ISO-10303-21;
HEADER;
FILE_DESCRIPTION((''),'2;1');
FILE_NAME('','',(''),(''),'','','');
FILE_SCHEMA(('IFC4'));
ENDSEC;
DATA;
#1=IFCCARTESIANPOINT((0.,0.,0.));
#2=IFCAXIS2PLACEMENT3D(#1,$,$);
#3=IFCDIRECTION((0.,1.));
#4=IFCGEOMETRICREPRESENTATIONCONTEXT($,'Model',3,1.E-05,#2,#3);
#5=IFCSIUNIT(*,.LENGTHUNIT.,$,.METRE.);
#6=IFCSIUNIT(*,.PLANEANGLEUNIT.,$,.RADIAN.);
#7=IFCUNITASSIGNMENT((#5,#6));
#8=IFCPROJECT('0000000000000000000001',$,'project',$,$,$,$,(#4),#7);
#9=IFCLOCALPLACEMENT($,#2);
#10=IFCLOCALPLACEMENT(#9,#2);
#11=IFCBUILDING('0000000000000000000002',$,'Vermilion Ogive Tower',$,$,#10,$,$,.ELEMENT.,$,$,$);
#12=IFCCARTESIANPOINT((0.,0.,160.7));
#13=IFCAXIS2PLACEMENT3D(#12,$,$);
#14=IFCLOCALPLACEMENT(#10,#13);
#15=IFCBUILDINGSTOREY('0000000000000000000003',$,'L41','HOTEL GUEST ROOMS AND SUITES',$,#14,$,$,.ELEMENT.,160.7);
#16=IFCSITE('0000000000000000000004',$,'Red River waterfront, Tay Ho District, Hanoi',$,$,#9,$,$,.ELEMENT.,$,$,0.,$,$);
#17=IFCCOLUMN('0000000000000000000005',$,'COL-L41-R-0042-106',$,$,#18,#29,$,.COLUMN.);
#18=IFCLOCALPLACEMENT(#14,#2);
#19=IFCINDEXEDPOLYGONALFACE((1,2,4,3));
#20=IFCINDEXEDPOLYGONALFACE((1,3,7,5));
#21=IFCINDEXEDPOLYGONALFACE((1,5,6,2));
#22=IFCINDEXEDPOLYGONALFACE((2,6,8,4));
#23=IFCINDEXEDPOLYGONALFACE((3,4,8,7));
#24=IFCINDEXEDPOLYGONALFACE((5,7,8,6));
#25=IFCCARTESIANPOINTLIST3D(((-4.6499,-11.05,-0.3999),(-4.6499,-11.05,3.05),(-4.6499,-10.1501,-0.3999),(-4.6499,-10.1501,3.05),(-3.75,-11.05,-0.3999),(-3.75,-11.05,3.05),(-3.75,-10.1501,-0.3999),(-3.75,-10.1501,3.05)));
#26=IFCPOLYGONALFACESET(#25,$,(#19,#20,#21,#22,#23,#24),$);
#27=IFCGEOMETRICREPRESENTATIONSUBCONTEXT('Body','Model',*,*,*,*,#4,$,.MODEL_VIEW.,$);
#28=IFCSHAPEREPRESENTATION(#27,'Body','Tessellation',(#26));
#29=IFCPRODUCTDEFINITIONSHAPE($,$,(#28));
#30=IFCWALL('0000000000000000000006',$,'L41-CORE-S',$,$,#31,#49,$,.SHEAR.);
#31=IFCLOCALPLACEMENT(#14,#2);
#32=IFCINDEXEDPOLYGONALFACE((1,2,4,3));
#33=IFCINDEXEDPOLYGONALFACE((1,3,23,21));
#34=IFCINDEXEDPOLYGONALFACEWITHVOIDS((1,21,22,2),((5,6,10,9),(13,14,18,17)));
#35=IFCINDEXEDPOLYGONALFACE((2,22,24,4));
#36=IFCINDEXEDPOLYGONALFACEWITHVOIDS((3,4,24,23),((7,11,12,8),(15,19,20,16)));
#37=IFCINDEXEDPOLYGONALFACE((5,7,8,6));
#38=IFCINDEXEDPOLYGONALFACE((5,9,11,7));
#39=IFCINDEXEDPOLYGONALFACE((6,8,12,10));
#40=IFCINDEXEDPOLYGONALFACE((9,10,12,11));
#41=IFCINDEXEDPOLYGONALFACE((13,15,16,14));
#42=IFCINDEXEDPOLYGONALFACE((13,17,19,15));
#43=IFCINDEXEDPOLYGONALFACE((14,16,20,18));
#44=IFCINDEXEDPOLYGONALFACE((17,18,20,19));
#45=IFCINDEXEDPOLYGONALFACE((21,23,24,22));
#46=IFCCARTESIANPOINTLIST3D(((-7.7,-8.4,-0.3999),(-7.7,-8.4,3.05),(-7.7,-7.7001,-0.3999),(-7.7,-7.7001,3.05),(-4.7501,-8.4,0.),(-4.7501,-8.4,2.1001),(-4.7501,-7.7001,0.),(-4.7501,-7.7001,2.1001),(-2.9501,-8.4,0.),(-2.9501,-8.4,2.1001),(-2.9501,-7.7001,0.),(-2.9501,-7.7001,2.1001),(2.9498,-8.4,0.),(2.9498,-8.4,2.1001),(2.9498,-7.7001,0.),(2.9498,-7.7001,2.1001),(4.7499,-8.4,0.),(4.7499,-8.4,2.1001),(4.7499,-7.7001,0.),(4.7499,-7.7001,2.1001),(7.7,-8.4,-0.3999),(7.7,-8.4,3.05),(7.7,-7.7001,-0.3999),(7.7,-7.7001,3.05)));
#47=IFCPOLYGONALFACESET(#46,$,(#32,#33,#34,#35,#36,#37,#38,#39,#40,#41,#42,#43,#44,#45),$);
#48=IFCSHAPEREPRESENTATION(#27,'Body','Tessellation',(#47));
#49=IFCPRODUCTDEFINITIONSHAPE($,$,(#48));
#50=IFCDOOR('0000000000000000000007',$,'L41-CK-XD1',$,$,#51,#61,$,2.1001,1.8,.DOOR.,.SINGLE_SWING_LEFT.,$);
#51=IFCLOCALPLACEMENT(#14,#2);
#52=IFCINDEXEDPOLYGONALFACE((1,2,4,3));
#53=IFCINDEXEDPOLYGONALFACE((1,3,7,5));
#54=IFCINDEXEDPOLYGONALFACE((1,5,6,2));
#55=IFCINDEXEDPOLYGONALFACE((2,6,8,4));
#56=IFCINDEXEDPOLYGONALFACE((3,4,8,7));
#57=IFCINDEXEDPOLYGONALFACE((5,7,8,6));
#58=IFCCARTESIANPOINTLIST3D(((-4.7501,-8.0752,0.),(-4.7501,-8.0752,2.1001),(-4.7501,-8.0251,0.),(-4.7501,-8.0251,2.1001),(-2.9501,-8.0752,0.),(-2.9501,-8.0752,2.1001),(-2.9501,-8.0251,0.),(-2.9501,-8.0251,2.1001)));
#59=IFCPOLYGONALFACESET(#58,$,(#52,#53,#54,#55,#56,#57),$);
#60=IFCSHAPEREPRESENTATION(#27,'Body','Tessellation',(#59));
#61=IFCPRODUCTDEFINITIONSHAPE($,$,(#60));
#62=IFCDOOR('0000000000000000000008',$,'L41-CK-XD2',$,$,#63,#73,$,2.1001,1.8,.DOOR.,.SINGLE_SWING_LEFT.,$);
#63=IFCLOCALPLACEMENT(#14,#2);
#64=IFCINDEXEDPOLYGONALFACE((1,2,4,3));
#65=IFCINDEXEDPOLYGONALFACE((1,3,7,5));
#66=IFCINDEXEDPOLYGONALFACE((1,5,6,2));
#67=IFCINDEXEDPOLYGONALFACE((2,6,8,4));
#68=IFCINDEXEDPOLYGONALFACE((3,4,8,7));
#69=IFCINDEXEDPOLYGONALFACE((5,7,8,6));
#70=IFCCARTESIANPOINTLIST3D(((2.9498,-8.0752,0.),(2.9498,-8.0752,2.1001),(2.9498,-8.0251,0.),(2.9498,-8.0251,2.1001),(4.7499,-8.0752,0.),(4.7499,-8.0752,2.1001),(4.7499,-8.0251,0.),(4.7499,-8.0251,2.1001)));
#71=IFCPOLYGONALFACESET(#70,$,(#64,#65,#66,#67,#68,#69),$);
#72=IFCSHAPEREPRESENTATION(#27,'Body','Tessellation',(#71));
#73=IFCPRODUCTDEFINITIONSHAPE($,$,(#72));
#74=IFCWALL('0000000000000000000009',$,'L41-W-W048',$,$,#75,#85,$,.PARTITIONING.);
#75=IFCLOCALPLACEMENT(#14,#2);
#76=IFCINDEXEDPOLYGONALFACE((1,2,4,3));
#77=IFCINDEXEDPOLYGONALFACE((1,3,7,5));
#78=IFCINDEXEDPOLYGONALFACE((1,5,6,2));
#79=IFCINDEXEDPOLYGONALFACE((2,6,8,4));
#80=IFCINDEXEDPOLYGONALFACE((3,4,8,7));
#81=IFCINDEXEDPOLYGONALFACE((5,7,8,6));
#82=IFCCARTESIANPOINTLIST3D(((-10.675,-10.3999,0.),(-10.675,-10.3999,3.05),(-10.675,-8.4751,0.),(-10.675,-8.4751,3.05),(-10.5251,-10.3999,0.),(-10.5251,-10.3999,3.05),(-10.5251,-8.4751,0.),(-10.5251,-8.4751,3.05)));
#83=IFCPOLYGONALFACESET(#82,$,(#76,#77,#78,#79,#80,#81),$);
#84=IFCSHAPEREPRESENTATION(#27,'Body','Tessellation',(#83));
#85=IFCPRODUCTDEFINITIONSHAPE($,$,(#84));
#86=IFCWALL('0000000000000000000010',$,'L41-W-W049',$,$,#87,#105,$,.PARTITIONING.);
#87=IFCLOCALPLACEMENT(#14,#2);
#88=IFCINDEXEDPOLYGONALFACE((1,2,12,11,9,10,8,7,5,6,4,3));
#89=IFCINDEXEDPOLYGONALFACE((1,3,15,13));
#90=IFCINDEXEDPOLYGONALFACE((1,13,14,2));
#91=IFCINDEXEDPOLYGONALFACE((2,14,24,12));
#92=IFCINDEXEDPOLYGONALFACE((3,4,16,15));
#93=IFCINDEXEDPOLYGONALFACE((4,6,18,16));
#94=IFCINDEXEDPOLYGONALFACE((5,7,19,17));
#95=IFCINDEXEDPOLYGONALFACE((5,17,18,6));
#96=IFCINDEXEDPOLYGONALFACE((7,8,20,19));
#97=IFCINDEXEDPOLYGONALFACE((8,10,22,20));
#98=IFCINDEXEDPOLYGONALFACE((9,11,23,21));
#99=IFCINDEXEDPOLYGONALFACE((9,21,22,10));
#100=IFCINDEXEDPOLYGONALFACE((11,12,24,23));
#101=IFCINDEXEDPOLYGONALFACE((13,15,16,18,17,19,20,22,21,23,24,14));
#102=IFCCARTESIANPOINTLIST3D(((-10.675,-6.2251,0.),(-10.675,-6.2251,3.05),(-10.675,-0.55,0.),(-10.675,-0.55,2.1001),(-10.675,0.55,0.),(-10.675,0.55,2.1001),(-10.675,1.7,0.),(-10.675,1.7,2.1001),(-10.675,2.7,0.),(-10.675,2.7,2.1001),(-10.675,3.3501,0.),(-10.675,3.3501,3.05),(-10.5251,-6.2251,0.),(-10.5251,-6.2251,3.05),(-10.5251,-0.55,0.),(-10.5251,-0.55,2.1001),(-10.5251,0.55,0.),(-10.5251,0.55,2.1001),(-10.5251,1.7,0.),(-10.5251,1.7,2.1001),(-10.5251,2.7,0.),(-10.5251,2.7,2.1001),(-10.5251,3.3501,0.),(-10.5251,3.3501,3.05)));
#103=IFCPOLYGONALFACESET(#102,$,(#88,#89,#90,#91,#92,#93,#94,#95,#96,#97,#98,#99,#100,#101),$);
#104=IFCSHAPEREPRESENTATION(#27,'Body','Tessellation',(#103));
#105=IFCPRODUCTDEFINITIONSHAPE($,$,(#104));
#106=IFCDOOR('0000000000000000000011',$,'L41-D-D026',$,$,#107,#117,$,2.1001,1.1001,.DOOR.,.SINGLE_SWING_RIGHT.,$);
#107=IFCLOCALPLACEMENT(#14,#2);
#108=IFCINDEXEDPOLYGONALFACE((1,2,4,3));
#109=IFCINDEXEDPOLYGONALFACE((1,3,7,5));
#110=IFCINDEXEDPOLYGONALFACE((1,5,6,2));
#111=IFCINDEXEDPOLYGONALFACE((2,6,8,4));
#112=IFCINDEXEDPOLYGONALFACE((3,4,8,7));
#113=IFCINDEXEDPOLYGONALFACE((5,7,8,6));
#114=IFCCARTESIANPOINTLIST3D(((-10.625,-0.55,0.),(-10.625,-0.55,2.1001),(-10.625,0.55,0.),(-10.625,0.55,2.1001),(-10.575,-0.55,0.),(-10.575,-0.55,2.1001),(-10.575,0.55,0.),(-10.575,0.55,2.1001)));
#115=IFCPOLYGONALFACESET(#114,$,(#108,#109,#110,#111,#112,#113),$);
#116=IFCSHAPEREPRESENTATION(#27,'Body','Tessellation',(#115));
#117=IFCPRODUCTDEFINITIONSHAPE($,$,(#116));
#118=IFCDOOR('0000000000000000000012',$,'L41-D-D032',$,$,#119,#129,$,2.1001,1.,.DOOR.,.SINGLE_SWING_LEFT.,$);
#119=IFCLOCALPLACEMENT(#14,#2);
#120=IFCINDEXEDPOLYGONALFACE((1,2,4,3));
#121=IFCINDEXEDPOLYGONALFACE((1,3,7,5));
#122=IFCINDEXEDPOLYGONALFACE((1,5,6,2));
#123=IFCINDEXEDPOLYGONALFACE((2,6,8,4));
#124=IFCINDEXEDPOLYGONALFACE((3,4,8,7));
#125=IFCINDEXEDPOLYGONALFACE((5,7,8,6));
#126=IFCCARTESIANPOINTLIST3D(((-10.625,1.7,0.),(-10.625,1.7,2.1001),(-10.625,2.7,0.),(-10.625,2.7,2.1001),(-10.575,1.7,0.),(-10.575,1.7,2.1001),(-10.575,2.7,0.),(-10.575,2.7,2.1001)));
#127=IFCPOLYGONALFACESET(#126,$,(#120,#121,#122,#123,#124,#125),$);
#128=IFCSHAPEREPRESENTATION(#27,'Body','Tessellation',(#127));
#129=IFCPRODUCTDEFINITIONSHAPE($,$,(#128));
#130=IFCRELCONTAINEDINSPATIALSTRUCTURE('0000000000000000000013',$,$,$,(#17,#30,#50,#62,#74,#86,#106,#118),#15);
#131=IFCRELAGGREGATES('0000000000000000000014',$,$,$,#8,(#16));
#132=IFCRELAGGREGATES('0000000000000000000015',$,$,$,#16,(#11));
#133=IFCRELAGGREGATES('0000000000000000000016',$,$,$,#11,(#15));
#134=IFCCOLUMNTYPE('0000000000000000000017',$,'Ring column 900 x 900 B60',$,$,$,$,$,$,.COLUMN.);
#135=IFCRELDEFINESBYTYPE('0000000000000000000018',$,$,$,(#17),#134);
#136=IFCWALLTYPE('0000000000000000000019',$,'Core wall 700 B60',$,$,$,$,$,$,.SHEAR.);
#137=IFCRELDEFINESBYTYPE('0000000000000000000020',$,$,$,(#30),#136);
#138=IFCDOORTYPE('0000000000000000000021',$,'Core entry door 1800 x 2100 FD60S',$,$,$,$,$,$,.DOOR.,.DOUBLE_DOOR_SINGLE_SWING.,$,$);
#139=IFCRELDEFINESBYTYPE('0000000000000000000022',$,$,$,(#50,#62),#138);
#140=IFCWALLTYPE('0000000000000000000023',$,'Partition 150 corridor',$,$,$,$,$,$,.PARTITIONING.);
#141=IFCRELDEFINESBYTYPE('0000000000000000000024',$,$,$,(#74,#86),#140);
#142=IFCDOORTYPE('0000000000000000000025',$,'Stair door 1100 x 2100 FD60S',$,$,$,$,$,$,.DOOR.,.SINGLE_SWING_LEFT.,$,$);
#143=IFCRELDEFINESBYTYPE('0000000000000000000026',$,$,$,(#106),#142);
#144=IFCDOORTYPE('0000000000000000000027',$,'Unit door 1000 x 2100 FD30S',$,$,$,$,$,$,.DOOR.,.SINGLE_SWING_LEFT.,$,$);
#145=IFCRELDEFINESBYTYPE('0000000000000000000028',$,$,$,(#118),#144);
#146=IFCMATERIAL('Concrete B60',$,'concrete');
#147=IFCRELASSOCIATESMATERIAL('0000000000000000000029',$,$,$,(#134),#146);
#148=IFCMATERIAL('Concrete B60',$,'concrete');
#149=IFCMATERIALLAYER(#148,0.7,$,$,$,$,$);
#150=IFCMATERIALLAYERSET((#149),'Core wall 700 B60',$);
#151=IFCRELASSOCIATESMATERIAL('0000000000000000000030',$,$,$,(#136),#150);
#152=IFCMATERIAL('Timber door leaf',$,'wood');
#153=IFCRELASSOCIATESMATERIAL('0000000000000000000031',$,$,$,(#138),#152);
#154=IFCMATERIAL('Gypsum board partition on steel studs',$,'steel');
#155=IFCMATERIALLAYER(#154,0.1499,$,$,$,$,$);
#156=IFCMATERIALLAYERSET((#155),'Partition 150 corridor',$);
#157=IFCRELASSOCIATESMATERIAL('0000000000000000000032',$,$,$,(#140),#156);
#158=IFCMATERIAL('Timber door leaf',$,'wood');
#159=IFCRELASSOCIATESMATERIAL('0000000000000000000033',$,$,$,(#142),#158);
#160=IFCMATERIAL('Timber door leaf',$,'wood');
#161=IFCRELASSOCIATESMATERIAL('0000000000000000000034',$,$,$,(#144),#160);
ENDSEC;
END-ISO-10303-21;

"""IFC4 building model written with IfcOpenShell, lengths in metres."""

from ifc_helpers import new_model, si_unit, direction, frame, frame_2d, origin, origin_2d, place, context, subcontext, project, spatial, rectangle, extrude, material, layer, layer_set, material_profile, profile_set, type_object, element, fill, save


model = new_model("IFC4")

# Units and contexts
model_context = context("Model", 3, precision=1e-05, world=origin(), true_north=direction((0.0, 1.0)))
body_context = subcontext(model_context, "Body", "Model", "MODEL_VIEW")
ifc_project = project(units=[si_unit("LENGTHUNIT", "METRE"), si_unit("PLANEANGLEUNIT", "RADIAN")], contexts=[model_context])

# Site, building, storey
site_placement = place(None, origin())
site = spatial("IfcSite", under=ifc_project, at=site_placement, Name="Red River waterfront, Tay Ho District, Hanoi", CompositionType="ELEMENT", RefElevation=0.0)
building_placement = place(site_placement, origin())
building = spatial("IfcBuilding", under=site, at=building_placement, Name="Vermilion Ogive Tower", CompositionType="ELEMENT")
storey_placement = place(building_placement, frame((0.0, 0.0, 160.7)))
storey = spatial("IfcBuildingStorey", under=building, at=storey_placement, Name="L41", Description="HOTEL GUEST ROOMS AND SUITES", CompositionType="ELEMENT", Elevation=160.7)

# Column
ifc_material_1 = material(Name="Concrete B60", Category="concrete")
ifc_material_profile = material_profile(ifc_material_1, rectangle(XDim=0.8999, YDim=0.8999, at=origin_2d()), Name="900 x 900")
ifc_profile_set = profile_set([ifc_material_profile], Name="Concrete B60")
column_type = type_object("IfcColumnType", Name="Ring column 900 x 900 B60", PredefinedType="COLUMN", material=ifc_profile_set)
column_placement = place(storey_placement, frame((-4.2, -10.6001, -0.3999), z_axis=(0.0, 0.0, 1.0), x_axis=(1.0, 0.0, 0.0)))
element("IfcColumn", 1, at=column_placement, inside=storey, type_object=column_type, Name="COL-L41-R-0042-106", PredefinedType="COLUMN", context=body_context, shape_type="SweptSolid", body=[
    extrude(rectangle(XDim=0.8999, YDim=0.8999, at=origin_2d()), origin(), (0.0, 0.0, 1.0), 3.45),
])

# Wall, openings, doors
ifc_material_2 = material(Name="Concrete B60", Category="concrete")
ifc_layer_1 = layer(ifc_material_2, 0.7)
ifc_layer_set_1 = layer_set([ifc_layer_1], Name="Core wall 700 B60")
wall_type_1 = type_object("IfcWallType", Name="Core wall 700 B60", PredefinedType="SHEAR", material=ifc_layer_set_1)
wall_1_placement = place(storey_placement, frame((-7.7, -8.05, -0.3999), z_axis=(0.0, 0.0, 1.0), x_axis=(1.0, 0.0, 0.0)))
wall_1 = element("IfcWall", 2, at=wall_1_placement, inside=storey, type_object=wall_type_1, Name="L41-CORE-S", PredefinedType="SHEAR", context=body_context, shape_type="SweptSolid", body=[
    extrude(rectangle(XDim=15.3999, YDim=0.7, at=frame_2d((7.7, 0.0))), origin(), (0.0, 0.0, 1.0), 3.45),
])
opening_1_placement = place(wall_1_placement, frame((2.95, 0.0, 0.3999)))
opening_1 = element("IfcOpeningElement", 3, at=opening_1_placement, cuts=wall_1, PredefinedType="OPENING", context=body_context, shape_type="SweptSolid", body=[
    extrude(rectangle(XDim=1.8, YDim=2.1001, at=frame_2d((0.8999, 1.05))), frame((0.0, 0.3599, 0.0), z_axis=(0.0, -1.0, 0.0), x_axis=(1.0, 0.0, 0.0)), (0.0, 0.0, 1.0), 0.72),
])
opening_2_placement = place(wall_1_placement, frame((10.6499, 0.0, 0.3999)))
opening_2 = element("IfcOpeningElement", 4, at=opening_2_placement, cuts=wall_1, PredefinedType="OPENING", context=body_context, shape_type="SweptSolid", body=[
    extrude(rectangle(XDim=1.8, YDim=2.1001, at=frame_2d((0.8999, 1.05))), frame((0.0, 0.3599, 0.0), z_axis=(0.0, -1.0, 0.0), x_axis=(1.0, 0.0, 0.0)), (0.0, 0.0, 1.0), 0.72),
])
ifc_material_3 = material(Name="Timber door leaf", Category="wood")
door_type_1 = type_object("IfcDoorType", Name="Core entry door 1800 x 2100 FD60S", OperationType="DOUBLE_DOOR_SINGLE_SWING", PredefinedType="DOOR", material=ifc_material_3)
door_1_placement = place(opening_1_placement, origin())
door_1 = element("IfcDoor", 5, at=door_1_placement, inside=storey, type_object=door_type_1, Name="L41-CK-XD1", OperationType="SINGLE_SWING_LEFT", OverallHeight=2.1001, OverallWidth=1.8, PredefinedType="DOOR", context=body_context, shape_type="SweptSolid", body=[
    extrude(rectangle(XDim=1.8, YDim=2.1001, at=frame_2d((0.8999, 1.05))), frame((0.0, 0.0249, 0.0), z_axis=(0.0, -1.0, 0.0), x_axis=(1.0, 0.0, 0.0)), (0.0, 0.0, 1.0), 0.05),
])
fill(opening_1, door_1)
door_2_placement = place(opening_2_placement, origin())
door_2 = element("IfcDoor", 6, at=door_2_placement, inside=storey, type_object=door_type_1, Name="L41-CK-XD2", OperationType="SINGLE_SWING_LEFT", OverallHeight=2.1001, OverallWidth=1.8, PredefinedType="DOOR", context=body_context, shape_type="SweptSolid", body=[
    extrude(rectangle(XDim=1.8, YDim=2.1001, at=frame_2d((0.8999, 1.05))), frame((0.0, 0.0249, 0.0), z_axis=(0.0, -1.0, 0.0), x_axis=(1.0, 0.0, 0.0)), (0.0, 0.0, 1.0), 0.05),
])
fill(opening_2, door_2)

# Wall
ifc_material_4 = material(Name="Gypsum board partition on steel studs", Category="steel")
ifc_layer_2 = layer(ifc_material_4, 0.1499)
ifc_layer_set_2 = layer_set([ifc_layer_2], Name="Partition 150 corridor")
wall_type_2 = type_object("IfcWallType", Name="Partition 150 corridor", PredefinedType="PARTITIONING", material=ifc_layer_set_2)
wall_2_placement = place(storey_placement, frame((-10.6001, -10.3999, 0.0), z_axis=(0.0, 0.0, 1.0), x_axis=(0.0, 1.0, 0.0)))
element("IfcWall", 7, at=wall_2_placement, inside=storey, type_object=wall_type_2, Name="L41-W-W048", PredefinedType="PARTITIONING", context=body_context, shape_type="SweptSolid", body=[
    extrude(rectangle(XDim=1.9248, YDim=0.1499, at=frame_2d((0.9624, 0.0))), origin(), (0.0, 0.0, 1.0), 3.05),
])

# Wall, openings, doors
wall_3_placement = place(storey_placement, frame((-10.6001, -6.2251, 0.0), z_axis=(0.0, 0.0, 1.0), x_axis=(0.0, 1.0, 0.0)))
wall_3 = element("IfcWall", 8, at=wall_3_placement, inside=storey, type_object=wall_type_2, Name="L41-W-W049", PredefinedType="PARTITIONING", context=body_context, shape_type="SweptSolid", body=[
    extrude(rectangle(XDim=9.5752, YDim=0.1499, at=frame_2d((4.7876, 0.0))), origin(), (0.0, 0.0, 1.0), 3.05),
])
opening_3_placement = place(wall_3_placement, frame((5.675, 0.0, 0.0)))
opening_3 = element("IfcOpeningElement", 9, at=opening_3_placement, cuts=wall_3, PredefinedType="OPENING", context=body_context, shape_type="SweptSolid", body=[
    extrude(rectangle(XDim=1.1001, YDim=2.1001, at=frame_2d((0.55, 1.05))), frame((0.0, 0.085, 0.0), z_axis=(0.0, -1.0, 0.0), x_axis=(1.0, 0.0, 0.0)), (0.0, 0.0, 1.0), 0.1699),
])
opening_4_placement = place(wall_3_placement, frame((7.925, 0.0, 0.0)))
opening_4 = element("IfcOpeningElement", 10, at=opening_4_placement, cuts=wall_3, PredefinedType="OPENING", context=body_context, shape_type="SweptSolid", body=[
    extrude(rectangle(XDim=1.0, YDim=2.1001, at=frame_2d((0.5, 1.05))), frame((0.0, 0.085, 0.0), z_axis=(0.0, -1.0, 0.0), x_axis=(1.0, 0.0, 0.0)), (0.0, 0.0, 1.0), 0.1699),
])
ifc_material_5 = material(Name="Timber door leaf", Category="wood")
door_type_2 = type_object("IfcDoorType", Name="Stair door 1100 x 2100 FD60S", OperationType="SINGLE_SWING_LEFT", PredefinedType="DOOR", material=ifc_material_5)
door_3_placement = place(opening_3_placement, origin())
door_3 = element("IfcDoor", 11, at=door_3_placement, inside=storey, type_object=door_type_2, Name="L41-D-D026", OperationType="SINGLE_SWING_RIGHT", OverallHeight=2.1001, OverallWidth=1.1001, PredefinedType="DOOR", context=body_context, shape_type="SweptSolid", body=[
    extrude(rectangle(XDim=1.1001, YDim=2.1001, at=frame_2d((0.55, 1.05))), frame((0.0, 0.0249, 0.0), z_axis=(0.0, -1.0, 0.0), x_axis=(1.0, 0.0, 0.0)), (0.0, 0.0, 1.0), 0.05),
])
fill(opening_3, door_3)
ifc_material_6 = material(Name="Timber door leaf", Category="wood")
door_type_3 = type_object("IfcDoorType", Name="Unit door 1000 x 2100 FD30S", OperationType="SINGLE_SWING_LEFT", PredefinedType="DOOR", material=ifc_material_6)
door_4_placement = place(opening_4_placement, origin())
door_4 = element("IfcDoor", 12, at=door_4_placement, inside=storey, type_object=door_type_3, Name="L41-D-D032", OperationType="SINGLE_SWING_LEFT", OverallHeight=2.1001, OverallWidth=1.0, PredefinedType="DOOR", context=body_context, shape_type="SweptSolid", body=[
    extrude(rectangle(XDim=1.0, YDim=2.1001, at=frame_2d((0.5, 1.05))), frame((0.0, 0.0249, 0.0), z_axis=(0.0, -1.0, 0.0), x_axis=(1.0, 0.0, 0.0)), (0.0, 0.0, 1.0), 0.05),
])
fill(opening_4, door_4)

save(model, "model.ifc")
